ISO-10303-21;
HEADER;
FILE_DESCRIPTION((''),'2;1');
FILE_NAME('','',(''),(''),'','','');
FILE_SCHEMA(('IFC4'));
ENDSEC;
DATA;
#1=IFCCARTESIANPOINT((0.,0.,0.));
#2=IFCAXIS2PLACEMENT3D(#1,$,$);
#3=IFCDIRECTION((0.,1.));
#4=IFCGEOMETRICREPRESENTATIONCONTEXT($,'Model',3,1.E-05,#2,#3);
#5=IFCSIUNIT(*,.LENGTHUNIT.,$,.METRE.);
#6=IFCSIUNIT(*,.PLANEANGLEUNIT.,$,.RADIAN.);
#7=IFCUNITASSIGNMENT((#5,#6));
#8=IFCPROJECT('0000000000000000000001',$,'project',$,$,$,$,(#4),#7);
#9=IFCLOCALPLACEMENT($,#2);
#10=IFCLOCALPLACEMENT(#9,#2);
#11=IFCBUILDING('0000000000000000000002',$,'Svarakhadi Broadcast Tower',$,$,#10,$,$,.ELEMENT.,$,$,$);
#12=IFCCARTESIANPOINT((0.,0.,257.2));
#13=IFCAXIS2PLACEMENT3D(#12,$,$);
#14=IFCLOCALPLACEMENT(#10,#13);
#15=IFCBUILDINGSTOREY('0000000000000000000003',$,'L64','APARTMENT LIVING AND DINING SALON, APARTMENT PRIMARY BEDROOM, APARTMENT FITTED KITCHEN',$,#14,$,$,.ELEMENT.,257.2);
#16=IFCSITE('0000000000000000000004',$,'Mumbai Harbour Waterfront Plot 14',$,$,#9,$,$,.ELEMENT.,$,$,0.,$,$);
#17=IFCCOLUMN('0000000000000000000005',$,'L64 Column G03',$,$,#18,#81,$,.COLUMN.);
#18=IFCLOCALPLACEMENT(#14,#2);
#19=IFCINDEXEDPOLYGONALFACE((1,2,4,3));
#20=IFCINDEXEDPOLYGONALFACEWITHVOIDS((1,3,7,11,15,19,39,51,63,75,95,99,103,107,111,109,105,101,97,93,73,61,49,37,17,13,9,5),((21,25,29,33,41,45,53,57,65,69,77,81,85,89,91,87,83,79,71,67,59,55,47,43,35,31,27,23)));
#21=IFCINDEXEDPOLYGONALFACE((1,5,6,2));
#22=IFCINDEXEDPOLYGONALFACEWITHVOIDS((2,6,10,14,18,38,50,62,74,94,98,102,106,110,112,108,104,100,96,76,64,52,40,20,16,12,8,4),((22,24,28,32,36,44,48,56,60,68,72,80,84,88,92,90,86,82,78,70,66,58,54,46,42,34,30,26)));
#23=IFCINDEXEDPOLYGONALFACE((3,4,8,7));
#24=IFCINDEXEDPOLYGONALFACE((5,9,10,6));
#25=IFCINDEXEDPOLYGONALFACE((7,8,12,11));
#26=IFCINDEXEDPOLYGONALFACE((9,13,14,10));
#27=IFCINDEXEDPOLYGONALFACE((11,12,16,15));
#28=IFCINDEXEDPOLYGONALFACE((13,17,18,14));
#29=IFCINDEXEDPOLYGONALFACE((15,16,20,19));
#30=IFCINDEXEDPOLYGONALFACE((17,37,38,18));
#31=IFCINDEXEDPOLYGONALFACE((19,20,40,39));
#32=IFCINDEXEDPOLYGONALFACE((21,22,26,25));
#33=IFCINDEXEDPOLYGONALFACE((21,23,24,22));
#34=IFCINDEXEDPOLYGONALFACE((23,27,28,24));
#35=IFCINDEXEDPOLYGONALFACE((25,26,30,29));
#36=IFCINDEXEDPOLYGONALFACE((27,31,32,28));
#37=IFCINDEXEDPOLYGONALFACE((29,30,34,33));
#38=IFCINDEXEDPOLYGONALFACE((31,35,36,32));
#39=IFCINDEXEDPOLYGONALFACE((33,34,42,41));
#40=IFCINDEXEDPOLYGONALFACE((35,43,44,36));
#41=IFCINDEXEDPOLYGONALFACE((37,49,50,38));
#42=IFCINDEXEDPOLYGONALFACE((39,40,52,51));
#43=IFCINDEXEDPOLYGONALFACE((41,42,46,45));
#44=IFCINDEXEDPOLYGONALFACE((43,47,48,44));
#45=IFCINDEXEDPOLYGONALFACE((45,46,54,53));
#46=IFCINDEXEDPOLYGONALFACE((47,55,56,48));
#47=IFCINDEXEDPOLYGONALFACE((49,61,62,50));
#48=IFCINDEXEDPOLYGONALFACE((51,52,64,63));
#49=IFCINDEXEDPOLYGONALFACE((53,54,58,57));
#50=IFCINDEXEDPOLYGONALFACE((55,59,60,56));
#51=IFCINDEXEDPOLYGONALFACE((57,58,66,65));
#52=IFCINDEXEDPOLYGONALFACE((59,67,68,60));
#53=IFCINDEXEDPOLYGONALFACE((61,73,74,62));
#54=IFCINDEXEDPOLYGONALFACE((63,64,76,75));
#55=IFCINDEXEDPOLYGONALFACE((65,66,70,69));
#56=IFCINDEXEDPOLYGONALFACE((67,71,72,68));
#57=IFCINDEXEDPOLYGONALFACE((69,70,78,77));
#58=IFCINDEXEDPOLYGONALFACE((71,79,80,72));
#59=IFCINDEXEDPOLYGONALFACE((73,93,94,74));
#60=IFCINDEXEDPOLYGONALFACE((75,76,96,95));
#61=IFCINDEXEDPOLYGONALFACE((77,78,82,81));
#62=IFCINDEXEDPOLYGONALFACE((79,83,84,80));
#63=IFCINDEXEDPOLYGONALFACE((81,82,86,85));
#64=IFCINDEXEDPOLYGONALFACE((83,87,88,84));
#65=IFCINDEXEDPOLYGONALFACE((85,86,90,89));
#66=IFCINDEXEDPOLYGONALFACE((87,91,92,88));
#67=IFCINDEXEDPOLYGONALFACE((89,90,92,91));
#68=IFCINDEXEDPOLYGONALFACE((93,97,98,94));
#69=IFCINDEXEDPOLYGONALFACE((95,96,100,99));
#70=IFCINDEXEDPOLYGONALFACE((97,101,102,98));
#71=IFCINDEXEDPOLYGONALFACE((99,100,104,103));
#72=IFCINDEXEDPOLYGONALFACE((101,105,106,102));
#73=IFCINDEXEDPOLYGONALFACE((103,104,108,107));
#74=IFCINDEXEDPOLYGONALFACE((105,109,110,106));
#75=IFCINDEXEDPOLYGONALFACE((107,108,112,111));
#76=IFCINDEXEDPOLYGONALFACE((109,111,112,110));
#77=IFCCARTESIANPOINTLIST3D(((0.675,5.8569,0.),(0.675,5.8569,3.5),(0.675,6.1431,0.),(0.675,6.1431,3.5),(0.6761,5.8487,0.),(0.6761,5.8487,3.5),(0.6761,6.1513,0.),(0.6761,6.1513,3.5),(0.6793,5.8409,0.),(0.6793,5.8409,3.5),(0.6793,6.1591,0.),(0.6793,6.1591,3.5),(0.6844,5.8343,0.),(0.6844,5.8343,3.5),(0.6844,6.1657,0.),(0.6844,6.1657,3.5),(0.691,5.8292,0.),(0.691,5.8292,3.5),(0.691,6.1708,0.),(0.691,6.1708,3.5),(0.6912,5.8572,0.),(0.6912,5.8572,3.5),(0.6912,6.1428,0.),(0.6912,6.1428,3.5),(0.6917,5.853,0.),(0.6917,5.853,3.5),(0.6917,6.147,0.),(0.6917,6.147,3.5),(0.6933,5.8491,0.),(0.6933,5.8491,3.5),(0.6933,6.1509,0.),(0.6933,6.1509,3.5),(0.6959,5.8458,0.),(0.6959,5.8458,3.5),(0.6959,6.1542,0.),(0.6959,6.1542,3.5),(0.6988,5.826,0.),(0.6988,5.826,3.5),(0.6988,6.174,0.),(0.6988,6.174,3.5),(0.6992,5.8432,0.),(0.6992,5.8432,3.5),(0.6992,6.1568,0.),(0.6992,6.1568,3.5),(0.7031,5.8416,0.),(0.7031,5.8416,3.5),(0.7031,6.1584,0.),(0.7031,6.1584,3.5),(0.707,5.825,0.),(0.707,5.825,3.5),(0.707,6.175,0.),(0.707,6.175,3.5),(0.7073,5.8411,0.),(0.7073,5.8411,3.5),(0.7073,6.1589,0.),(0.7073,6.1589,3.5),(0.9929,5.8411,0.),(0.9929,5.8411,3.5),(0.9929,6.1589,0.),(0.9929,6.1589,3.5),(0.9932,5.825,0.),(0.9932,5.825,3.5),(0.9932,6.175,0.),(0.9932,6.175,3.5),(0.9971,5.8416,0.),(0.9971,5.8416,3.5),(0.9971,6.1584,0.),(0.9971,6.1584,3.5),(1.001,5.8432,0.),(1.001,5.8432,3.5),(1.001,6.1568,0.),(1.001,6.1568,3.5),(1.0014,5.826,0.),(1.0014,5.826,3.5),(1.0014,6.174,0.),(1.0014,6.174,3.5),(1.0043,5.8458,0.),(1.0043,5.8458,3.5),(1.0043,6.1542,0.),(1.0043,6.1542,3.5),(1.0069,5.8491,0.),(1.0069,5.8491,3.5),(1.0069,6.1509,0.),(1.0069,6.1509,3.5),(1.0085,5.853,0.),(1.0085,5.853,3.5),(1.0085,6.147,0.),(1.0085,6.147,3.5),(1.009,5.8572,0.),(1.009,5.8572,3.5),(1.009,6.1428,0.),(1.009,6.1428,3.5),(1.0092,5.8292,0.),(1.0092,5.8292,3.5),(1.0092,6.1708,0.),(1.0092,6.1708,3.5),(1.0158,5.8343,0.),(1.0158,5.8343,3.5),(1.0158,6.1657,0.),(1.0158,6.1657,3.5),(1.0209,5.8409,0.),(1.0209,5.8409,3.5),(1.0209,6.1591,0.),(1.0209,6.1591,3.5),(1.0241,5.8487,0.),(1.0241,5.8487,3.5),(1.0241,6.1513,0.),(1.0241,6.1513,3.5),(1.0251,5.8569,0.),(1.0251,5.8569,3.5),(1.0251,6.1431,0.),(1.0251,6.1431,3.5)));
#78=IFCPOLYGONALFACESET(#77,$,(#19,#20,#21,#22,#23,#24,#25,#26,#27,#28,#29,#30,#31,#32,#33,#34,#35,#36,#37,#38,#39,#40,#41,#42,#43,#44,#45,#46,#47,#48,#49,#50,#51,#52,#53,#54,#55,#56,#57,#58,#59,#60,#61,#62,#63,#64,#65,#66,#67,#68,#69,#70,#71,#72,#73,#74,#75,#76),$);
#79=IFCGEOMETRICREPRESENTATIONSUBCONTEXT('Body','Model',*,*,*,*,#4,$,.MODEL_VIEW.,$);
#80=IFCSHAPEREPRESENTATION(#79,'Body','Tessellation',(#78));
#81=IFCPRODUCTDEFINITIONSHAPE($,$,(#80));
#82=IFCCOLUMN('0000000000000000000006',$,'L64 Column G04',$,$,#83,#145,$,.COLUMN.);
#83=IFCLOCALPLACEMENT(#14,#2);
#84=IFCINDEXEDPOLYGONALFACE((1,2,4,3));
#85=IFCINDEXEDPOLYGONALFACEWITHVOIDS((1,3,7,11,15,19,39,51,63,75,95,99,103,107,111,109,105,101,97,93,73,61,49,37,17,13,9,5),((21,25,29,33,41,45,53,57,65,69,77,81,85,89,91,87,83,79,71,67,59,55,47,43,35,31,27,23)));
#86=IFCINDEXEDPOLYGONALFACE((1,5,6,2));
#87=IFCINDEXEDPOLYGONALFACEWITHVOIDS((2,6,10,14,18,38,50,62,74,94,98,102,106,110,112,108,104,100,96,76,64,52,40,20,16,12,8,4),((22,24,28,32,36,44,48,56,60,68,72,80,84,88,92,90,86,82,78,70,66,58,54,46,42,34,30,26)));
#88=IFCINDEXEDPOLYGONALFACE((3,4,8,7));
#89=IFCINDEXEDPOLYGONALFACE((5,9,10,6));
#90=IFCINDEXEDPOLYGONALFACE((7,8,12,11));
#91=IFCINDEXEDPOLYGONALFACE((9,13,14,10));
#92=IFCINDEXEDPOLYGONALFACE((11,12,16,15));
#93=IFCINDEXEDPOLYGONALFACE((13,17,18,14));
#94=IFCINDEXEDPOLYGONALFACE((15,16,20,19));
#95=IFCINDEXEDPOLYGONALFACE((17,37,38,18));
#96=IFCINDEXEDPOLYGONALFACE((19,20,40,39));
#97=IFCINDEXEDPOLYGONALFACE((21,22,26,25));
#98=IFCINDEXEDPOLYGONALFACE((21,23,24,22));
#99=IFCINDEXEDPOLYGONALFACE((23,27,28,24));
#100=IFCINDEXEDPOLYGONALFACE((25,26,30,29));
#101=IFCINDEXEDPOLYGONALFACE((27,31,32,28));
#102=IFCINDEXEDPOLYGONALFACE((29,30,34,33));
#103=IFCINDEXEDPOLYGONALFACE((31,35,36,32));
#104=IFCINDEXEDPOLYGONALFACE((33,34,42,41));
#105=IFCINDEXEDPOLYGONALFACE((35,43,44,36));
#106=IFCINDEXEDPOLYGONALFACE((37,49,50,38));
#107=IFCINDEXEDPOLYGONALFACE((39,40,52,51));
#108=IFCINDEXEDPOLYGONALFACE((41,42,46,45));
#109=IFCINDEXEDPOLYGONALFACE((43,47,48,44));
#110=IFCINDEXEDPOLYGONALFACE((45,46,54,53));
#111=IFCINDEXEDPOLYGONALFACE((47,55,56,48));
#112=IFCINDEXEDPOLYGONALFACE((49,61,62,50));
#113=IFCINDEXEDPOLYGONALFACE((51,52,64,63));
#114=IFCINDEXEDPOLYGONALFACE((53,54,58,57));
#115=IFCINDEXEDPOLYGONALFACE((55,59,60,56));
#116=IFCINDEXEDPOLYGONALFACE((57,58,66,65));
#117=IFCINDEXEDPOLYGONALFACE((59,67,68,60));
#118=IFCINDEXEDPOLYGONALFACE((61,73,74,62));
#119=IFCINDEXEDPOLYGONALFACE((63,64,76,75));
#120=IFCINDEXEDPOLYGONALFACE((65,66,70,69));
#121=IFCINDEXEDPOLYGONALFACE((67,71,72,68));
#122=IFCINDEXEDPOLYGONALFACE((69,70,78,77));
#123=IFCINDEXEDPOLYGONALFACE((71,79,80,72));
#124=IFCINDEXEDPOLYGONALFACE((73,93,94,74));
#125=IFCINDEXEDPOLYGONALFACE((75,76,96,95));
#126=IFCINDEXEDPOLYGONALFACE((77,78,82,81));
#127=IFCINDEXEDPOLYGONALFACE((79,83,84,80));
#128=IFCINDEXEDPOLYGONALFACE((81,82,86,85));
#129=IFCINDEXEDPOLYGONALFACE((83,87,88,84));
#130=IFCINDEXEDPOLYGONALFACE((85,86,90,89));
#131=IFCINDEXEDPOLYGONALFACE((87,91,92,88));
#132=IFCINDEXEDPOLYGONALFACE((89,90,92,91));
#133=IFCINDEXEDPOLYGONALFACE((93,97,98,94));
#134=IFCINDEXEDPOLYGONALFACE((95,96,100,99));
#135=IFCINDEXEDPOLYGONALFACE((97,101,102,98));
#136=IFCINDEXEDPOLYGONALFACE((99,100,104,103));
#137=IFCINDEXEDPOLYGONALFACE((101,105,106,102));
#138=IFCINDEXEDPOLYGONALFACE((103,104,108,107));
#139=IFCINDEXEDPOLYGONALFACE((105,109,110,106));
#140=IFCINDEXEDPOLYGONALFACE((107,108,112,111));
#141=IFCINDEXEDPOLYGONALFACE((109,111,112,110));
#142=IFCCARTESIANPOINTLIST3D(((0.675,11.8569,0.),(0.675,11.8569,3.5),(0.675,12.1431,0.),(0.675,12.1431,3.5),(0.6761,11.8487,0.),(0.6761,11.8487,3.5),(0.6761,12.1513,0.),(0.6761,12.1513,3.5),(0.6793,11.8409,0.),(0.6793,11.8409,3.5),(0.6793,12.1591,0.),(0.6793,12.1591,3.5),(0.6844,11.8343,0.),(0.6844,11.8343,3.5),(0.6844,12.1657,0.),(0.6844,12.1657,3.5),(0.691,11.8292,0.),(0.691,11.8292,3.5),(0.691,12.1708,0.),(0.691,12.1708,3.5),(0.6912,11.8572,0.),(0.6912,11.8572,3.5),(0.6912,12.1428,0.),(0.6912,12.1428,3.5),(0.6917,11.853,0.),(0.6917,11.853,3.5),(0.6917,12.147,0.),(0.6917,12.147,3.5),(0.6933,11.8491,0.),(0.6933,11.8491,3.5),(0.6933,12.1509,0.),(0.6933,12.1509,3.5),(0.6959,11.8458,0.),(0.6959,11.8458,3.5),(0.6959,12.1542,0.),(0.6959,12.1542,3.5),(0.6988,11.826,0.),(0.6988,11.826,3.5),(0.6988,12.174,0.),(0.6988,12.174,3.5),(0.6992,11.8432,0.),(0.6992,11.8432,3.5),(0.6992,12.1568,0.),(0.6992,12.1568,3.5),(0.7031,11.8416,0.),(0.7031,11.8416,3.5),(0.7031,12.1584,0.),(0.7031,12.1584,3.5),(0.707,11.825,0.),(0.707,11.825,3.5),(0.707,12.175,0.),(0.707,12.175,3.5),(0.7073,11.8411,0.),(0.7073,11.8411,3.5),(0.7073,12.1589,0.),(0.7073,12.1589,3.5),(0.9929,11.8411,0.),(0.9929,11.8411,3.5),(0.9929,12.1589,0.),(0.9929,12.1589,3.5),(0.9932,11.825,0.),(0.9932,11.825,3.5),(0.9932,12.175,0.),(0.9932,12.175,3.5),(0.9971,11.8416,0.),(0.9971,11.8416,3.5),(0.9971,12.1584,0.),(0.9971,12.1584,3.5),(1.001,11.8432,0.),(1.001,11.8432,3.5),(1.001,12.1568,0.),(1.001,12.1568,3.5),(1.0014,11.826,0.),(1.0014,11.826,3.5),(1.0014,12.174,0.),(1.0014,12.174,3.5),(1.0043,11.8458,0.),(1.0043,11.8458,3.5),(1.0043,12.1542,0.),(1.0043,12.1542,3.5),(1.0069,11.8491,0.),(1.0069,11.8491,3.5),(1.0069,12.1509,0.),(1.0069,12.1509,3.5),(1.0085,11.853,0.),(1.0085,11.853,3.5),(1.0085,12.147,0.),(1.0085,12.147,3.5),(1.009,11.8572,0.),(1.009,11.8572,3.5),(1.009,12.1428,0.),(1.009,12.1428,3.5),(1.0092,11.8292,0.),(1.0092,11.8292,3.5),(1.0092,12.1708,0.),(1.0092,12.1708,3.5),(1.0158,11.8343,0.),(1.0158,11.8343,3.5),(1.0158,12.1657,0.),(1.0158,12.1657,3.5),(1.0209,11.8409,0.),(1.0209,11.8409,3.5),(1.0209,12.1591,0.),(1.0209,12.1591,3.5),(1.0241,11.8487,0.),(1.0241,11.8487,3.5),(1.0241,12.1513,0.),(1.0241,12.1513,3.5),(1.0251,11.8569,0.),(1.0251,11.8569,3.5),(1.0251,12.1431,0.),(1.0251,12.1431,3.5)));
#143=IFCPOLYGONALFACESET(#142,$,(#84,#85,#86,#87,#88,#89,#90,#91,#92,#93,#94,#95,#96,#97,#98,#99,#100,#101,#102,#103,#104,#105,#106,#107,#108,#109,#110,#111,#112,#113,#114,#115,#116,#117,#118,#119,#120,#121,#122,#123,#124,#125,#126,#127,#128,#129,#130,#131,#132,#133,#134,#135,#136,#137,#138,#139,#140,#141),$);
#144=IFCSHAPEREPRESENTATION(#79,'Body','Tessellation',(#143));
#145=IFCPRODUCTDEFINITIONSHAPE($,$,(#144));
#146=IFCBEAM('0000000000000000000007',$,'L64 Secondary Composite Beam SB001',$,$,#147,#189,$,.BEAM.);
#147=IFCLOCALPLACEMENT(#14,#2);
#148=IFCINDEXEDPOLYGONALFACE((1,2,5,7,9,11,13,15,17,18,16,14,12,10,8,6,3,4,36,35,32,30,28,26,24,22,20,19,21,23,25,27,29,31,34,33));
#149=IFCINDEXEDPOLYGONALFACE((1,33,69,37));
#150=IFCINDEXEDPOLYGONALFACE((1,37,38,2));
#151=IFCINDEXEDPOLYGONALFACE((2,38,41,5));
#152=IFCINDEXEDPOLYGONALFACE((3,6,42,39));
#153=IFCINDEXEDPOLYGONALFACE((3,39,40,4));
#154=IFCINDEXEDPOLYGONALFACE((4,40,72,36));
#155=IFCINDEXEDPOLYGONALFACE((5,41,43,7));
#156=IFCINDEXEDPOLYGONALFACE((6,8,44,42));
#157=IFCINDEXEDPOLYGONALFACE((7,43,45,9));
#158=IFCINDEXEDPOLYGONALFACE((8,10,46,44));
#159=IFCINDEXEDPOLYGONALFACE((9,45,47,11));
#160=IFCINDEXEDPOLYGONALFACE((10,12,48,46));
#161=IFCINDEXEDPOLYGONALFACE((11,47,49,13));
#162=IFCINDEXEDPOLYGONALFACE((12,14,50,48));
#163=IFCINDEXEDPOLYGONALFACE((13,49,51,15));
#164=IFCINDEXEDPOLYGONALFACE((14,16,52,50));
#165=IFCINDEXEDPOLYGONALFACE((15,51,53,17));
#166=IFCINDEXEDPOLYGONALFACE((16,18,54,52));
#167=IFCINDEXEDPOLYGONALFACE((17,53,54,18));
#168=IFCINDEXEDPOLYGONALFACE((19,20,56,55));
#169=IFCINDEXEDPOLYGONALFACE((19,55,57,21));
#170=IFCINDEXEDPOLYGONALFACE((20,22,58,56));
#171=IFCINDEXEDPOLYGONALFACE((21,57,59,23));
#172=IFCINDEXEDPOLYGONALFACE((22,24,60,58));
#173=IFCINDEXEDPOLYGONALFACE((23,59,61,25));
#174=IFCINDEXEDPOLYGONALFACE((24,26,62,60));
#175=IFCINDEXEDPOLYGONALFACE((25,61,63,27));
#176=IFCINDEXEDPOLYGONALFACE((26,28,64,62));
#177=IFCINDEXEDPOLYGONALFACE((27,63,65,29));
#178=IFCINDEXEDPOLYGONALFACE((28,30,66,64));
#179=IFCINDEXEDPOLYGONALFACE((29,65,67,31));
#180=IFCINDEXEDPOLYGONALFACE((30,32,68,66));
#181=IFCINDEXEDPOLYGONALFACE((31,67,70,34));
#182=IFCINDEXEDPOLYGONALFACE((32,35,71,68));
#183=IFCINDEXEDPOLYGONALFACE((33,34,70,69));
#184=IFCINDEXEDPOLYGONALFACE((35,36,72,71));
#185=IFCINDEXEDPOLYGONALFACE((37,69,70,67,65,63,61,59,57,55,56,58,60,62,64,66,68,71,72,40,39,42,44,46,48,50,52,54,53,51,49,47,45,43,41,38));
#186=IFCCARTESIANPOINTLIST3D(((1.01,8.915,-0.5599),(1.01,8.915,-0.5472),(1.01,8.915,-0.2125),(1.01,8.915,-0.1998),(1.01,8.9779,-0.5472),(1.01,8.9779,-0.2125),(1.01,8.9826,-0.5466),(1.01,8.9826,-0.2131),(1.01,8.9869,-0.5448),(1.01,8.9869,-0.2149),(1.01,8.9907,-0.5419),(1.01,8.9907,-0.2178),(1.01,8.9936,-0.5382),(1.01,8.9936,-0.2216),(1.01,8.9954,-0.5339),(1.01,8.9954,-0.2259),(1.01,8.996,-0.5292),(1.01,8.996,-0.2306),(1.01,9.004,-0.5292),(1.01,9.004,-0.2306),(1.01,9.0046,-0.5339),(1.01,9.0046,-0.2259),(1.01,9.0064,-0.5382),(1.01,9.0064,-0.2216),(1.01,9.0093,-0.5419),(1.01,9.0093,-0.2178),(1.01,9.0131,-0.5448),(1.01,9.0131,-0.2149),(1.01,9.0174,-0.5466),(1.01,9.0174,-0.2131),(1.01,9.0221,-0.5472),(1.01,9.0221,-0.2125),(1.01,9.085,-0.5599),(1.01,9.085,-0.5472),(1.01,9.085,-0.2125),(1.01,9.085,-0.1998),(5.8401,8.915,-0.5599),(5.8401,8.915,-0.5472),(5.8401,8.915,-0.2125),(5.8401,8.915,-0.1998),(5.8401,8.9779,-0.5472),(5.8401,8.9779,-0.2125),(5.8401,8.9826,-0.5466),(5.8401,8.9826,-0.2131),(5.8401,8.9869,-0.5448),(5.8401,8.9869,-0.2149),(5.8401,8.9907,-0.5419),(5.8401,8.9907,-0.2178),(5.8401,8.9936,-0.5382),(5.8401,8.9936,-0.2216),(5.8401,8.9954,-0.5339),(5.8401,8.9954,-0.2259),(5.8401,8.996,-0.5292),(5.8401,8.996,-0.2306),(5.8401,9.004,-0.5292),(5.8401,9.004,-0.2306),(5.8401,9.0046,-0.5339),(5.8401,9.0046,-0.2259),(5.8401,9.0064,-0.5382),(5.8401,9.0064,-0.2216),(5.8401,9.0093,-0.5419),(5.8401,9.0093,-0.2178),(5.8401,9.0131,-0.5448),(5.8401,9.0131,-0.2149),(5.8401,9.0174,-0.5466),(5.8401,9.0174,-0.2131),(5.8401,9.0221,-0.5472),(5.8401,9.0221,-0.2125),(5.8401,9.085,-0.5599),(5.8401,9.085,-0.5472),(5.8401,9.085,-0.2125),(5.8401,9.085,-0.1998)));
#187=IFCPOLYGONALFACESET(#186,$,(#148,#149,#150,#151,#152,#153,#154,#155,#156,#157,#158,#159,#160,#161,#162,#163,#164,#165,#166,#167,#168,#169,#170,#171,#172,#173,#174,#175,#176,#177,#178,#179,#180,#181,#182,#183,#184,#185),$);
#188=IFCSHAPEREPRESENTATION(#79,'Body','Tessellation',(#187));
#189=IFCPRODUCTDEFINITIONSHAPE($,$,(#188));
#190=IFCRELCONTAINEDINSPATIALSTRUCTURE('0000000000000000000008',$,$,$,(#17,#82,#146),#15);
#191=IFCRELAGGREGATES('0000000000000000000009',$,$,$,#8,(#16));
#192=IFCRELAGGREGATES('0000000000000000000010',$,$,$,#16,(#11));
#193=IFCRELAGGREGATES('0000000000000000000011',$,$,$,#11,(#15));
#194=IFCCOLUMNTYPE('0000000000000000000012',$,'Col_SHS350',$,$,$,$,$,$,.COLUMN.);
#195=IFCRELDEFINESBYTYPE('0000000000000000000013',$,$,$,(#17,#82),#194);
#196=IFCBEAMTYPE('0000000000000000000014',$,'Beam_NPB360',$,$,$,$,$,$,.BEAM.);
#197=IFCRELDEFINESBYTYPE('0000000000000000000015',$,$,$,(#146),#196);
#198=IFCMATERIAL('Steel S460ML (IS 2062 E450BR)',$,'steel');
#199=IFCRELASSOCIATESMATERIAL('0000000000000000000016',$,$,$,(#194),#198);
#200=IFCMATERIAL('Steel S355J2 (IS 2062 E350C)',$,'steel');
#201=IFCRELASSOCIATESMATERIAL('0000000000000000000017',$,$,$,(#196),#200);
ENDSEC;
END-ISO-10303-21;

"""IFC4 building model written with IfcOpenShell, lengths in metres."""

from ifc_helpers import new_model, si_unit, direction, frame, origin, origin_2d, place, context, subcontext, project, spatial, hollow_rectangle, i_section, extrude, material, material_profile, profile_set, type_object, element, save


model = new_model("IFC4")

# Units and contexts
model_context = context("Model", 3, precision=1e-05, world=origin(), true_north=direction((0.0, 1.0)))
body_context = subcontext(model_context, "Body", "Model", "MODEL_VIEW")
ifc_project = project(units=[si_unit("LENGTHUNIT", "METRE"), si_unit("PLANEANGLEUNIT", "RADIAN")], contexts=[model_context])

# Site, building, storey
site_placement = place(None, origin())
site = spatial("IfcSite", under=ifc_project, at=site_placement, Name="Mumbai Harbour Waterfront Plot 14", CompositionType="ELEMENT", RefElevation=0.0)
building_placement = place(site_placement, origin())
building = spatial("IfcBuilding", under=site, at=building_placement, Name="Svarakhadi Broadcast Tower", CompositionType="ELEMENT")
storey_placement = place(building_placement, frame((0.0, 0.0, 257.2)))
storey = spatial("IfcBuildingStorey", under=building, at=storey_placement, Name="L64", Description="APARTMENT LIVING AND DINING SALON, APARTMENT PRIMARY BEDROOM, APARTMENT FITTED KITCHEN", CompositionType="ELEMENT", Elevation=257.2)

# Columns
ifc_material_1 = material(Name="Steel S460ML (IS 2062 E450BR)", Category="steel")
ifc_material_profile_1 = material_profile(ifc_material_1, hollow_rectangle(XDim=0.3501, YDim=0.3501, WallThickness=0.0161, InnerFilletRadius=0.0161, OuterFilletRadius=0.032, at=origin_2d()), Name="SHS 350x350x16")
ifc_profile_set_1 = profile_set([ifc_material_profile_1], Name="Steel S460ML (IS 2062 E450BR)")
column_type = type_object("IfcColumnType", Name="Col_SHS350", PredefinedType="COLUMN", material=ifc_profile_set_1)
for number, where, z_axis, x_axis, name in (
    (1, (0.8501, 6.0, 0.0), (0.0, 0.0, 1.0), (1.0, 0.0, 0.0), "L64 Column G03"),
    (2, (0.8501, 12.0, 0.0), (0.0, 0.0, 1.0), (1.0, 0.0, 0.0), "L64 Column G04"),
):
    element("IfcColumn", number, at=place(storey_placement, frame(where, z_axis=z_axis, x_axis=x_axis)), inside=storey, type_object=column_type, Name=name, PredefinedType="COLUMN", context=body_context, shape_type="SweptSolid", body=[
        extrude(hollow_rectangle(XDim=0.3501, YDim=0.3501, WallThickness=0.0161, InnerFilletRadius=0.0161, OuterFilletRadius=0.032, at=origin_2d()), origin(), (0.0, 0.0, 1.0), 3.5),
    ])

# Beam
ifc_material_2 = material(Name="Steel S355J2 (IS 2062 E350C)", Category="steel")
ifc_material_profile_2 = material_profile(ifc_material_2, i_section(OverallWidth=0.1699, OverallDepth=0.3601, WebThickness=0.0081, FlangeThickness=0.0127, FilletRadius=0.0181, at=origin_2d()), Name="NPB 360x170x57")
ifc_profile_set_2 = profile_set([ifc_material_profile_2], Name="Steel S355J2 (IS 2062 E350C)")
beam_type_1 = type_object("IfcBeamType", Name="Beam_NPB360", PredefinedType="BEAM", material=ifc_profile_set_2)
beam_1_placement = place(storey_placement, frame((1.01, 9.0, -0.3799), z_axis=(1.0, 0.0, 0.0), x_axis=(0.0, 1.0, 0.0)))
element("IfcBeam", 3, at=beam_1_placement, inside=storey, type_object=beam_type_1, Name="L64 Secondary Composite Beam SB001", PredefinedType="BEAM", context=body_context, shape_type="SweptSolid", body=[
    extrude(i_section(OverallWidth=0.1699, OverallDepth=0.3601, WebThickness=0.0081, FlangeThickness=0.0127, FilletRadius=0.0181, at=origin_2d()), origin(), (0.0, 0.0, 1.0), 4.8301),
])

save(model, "model.ifc")
